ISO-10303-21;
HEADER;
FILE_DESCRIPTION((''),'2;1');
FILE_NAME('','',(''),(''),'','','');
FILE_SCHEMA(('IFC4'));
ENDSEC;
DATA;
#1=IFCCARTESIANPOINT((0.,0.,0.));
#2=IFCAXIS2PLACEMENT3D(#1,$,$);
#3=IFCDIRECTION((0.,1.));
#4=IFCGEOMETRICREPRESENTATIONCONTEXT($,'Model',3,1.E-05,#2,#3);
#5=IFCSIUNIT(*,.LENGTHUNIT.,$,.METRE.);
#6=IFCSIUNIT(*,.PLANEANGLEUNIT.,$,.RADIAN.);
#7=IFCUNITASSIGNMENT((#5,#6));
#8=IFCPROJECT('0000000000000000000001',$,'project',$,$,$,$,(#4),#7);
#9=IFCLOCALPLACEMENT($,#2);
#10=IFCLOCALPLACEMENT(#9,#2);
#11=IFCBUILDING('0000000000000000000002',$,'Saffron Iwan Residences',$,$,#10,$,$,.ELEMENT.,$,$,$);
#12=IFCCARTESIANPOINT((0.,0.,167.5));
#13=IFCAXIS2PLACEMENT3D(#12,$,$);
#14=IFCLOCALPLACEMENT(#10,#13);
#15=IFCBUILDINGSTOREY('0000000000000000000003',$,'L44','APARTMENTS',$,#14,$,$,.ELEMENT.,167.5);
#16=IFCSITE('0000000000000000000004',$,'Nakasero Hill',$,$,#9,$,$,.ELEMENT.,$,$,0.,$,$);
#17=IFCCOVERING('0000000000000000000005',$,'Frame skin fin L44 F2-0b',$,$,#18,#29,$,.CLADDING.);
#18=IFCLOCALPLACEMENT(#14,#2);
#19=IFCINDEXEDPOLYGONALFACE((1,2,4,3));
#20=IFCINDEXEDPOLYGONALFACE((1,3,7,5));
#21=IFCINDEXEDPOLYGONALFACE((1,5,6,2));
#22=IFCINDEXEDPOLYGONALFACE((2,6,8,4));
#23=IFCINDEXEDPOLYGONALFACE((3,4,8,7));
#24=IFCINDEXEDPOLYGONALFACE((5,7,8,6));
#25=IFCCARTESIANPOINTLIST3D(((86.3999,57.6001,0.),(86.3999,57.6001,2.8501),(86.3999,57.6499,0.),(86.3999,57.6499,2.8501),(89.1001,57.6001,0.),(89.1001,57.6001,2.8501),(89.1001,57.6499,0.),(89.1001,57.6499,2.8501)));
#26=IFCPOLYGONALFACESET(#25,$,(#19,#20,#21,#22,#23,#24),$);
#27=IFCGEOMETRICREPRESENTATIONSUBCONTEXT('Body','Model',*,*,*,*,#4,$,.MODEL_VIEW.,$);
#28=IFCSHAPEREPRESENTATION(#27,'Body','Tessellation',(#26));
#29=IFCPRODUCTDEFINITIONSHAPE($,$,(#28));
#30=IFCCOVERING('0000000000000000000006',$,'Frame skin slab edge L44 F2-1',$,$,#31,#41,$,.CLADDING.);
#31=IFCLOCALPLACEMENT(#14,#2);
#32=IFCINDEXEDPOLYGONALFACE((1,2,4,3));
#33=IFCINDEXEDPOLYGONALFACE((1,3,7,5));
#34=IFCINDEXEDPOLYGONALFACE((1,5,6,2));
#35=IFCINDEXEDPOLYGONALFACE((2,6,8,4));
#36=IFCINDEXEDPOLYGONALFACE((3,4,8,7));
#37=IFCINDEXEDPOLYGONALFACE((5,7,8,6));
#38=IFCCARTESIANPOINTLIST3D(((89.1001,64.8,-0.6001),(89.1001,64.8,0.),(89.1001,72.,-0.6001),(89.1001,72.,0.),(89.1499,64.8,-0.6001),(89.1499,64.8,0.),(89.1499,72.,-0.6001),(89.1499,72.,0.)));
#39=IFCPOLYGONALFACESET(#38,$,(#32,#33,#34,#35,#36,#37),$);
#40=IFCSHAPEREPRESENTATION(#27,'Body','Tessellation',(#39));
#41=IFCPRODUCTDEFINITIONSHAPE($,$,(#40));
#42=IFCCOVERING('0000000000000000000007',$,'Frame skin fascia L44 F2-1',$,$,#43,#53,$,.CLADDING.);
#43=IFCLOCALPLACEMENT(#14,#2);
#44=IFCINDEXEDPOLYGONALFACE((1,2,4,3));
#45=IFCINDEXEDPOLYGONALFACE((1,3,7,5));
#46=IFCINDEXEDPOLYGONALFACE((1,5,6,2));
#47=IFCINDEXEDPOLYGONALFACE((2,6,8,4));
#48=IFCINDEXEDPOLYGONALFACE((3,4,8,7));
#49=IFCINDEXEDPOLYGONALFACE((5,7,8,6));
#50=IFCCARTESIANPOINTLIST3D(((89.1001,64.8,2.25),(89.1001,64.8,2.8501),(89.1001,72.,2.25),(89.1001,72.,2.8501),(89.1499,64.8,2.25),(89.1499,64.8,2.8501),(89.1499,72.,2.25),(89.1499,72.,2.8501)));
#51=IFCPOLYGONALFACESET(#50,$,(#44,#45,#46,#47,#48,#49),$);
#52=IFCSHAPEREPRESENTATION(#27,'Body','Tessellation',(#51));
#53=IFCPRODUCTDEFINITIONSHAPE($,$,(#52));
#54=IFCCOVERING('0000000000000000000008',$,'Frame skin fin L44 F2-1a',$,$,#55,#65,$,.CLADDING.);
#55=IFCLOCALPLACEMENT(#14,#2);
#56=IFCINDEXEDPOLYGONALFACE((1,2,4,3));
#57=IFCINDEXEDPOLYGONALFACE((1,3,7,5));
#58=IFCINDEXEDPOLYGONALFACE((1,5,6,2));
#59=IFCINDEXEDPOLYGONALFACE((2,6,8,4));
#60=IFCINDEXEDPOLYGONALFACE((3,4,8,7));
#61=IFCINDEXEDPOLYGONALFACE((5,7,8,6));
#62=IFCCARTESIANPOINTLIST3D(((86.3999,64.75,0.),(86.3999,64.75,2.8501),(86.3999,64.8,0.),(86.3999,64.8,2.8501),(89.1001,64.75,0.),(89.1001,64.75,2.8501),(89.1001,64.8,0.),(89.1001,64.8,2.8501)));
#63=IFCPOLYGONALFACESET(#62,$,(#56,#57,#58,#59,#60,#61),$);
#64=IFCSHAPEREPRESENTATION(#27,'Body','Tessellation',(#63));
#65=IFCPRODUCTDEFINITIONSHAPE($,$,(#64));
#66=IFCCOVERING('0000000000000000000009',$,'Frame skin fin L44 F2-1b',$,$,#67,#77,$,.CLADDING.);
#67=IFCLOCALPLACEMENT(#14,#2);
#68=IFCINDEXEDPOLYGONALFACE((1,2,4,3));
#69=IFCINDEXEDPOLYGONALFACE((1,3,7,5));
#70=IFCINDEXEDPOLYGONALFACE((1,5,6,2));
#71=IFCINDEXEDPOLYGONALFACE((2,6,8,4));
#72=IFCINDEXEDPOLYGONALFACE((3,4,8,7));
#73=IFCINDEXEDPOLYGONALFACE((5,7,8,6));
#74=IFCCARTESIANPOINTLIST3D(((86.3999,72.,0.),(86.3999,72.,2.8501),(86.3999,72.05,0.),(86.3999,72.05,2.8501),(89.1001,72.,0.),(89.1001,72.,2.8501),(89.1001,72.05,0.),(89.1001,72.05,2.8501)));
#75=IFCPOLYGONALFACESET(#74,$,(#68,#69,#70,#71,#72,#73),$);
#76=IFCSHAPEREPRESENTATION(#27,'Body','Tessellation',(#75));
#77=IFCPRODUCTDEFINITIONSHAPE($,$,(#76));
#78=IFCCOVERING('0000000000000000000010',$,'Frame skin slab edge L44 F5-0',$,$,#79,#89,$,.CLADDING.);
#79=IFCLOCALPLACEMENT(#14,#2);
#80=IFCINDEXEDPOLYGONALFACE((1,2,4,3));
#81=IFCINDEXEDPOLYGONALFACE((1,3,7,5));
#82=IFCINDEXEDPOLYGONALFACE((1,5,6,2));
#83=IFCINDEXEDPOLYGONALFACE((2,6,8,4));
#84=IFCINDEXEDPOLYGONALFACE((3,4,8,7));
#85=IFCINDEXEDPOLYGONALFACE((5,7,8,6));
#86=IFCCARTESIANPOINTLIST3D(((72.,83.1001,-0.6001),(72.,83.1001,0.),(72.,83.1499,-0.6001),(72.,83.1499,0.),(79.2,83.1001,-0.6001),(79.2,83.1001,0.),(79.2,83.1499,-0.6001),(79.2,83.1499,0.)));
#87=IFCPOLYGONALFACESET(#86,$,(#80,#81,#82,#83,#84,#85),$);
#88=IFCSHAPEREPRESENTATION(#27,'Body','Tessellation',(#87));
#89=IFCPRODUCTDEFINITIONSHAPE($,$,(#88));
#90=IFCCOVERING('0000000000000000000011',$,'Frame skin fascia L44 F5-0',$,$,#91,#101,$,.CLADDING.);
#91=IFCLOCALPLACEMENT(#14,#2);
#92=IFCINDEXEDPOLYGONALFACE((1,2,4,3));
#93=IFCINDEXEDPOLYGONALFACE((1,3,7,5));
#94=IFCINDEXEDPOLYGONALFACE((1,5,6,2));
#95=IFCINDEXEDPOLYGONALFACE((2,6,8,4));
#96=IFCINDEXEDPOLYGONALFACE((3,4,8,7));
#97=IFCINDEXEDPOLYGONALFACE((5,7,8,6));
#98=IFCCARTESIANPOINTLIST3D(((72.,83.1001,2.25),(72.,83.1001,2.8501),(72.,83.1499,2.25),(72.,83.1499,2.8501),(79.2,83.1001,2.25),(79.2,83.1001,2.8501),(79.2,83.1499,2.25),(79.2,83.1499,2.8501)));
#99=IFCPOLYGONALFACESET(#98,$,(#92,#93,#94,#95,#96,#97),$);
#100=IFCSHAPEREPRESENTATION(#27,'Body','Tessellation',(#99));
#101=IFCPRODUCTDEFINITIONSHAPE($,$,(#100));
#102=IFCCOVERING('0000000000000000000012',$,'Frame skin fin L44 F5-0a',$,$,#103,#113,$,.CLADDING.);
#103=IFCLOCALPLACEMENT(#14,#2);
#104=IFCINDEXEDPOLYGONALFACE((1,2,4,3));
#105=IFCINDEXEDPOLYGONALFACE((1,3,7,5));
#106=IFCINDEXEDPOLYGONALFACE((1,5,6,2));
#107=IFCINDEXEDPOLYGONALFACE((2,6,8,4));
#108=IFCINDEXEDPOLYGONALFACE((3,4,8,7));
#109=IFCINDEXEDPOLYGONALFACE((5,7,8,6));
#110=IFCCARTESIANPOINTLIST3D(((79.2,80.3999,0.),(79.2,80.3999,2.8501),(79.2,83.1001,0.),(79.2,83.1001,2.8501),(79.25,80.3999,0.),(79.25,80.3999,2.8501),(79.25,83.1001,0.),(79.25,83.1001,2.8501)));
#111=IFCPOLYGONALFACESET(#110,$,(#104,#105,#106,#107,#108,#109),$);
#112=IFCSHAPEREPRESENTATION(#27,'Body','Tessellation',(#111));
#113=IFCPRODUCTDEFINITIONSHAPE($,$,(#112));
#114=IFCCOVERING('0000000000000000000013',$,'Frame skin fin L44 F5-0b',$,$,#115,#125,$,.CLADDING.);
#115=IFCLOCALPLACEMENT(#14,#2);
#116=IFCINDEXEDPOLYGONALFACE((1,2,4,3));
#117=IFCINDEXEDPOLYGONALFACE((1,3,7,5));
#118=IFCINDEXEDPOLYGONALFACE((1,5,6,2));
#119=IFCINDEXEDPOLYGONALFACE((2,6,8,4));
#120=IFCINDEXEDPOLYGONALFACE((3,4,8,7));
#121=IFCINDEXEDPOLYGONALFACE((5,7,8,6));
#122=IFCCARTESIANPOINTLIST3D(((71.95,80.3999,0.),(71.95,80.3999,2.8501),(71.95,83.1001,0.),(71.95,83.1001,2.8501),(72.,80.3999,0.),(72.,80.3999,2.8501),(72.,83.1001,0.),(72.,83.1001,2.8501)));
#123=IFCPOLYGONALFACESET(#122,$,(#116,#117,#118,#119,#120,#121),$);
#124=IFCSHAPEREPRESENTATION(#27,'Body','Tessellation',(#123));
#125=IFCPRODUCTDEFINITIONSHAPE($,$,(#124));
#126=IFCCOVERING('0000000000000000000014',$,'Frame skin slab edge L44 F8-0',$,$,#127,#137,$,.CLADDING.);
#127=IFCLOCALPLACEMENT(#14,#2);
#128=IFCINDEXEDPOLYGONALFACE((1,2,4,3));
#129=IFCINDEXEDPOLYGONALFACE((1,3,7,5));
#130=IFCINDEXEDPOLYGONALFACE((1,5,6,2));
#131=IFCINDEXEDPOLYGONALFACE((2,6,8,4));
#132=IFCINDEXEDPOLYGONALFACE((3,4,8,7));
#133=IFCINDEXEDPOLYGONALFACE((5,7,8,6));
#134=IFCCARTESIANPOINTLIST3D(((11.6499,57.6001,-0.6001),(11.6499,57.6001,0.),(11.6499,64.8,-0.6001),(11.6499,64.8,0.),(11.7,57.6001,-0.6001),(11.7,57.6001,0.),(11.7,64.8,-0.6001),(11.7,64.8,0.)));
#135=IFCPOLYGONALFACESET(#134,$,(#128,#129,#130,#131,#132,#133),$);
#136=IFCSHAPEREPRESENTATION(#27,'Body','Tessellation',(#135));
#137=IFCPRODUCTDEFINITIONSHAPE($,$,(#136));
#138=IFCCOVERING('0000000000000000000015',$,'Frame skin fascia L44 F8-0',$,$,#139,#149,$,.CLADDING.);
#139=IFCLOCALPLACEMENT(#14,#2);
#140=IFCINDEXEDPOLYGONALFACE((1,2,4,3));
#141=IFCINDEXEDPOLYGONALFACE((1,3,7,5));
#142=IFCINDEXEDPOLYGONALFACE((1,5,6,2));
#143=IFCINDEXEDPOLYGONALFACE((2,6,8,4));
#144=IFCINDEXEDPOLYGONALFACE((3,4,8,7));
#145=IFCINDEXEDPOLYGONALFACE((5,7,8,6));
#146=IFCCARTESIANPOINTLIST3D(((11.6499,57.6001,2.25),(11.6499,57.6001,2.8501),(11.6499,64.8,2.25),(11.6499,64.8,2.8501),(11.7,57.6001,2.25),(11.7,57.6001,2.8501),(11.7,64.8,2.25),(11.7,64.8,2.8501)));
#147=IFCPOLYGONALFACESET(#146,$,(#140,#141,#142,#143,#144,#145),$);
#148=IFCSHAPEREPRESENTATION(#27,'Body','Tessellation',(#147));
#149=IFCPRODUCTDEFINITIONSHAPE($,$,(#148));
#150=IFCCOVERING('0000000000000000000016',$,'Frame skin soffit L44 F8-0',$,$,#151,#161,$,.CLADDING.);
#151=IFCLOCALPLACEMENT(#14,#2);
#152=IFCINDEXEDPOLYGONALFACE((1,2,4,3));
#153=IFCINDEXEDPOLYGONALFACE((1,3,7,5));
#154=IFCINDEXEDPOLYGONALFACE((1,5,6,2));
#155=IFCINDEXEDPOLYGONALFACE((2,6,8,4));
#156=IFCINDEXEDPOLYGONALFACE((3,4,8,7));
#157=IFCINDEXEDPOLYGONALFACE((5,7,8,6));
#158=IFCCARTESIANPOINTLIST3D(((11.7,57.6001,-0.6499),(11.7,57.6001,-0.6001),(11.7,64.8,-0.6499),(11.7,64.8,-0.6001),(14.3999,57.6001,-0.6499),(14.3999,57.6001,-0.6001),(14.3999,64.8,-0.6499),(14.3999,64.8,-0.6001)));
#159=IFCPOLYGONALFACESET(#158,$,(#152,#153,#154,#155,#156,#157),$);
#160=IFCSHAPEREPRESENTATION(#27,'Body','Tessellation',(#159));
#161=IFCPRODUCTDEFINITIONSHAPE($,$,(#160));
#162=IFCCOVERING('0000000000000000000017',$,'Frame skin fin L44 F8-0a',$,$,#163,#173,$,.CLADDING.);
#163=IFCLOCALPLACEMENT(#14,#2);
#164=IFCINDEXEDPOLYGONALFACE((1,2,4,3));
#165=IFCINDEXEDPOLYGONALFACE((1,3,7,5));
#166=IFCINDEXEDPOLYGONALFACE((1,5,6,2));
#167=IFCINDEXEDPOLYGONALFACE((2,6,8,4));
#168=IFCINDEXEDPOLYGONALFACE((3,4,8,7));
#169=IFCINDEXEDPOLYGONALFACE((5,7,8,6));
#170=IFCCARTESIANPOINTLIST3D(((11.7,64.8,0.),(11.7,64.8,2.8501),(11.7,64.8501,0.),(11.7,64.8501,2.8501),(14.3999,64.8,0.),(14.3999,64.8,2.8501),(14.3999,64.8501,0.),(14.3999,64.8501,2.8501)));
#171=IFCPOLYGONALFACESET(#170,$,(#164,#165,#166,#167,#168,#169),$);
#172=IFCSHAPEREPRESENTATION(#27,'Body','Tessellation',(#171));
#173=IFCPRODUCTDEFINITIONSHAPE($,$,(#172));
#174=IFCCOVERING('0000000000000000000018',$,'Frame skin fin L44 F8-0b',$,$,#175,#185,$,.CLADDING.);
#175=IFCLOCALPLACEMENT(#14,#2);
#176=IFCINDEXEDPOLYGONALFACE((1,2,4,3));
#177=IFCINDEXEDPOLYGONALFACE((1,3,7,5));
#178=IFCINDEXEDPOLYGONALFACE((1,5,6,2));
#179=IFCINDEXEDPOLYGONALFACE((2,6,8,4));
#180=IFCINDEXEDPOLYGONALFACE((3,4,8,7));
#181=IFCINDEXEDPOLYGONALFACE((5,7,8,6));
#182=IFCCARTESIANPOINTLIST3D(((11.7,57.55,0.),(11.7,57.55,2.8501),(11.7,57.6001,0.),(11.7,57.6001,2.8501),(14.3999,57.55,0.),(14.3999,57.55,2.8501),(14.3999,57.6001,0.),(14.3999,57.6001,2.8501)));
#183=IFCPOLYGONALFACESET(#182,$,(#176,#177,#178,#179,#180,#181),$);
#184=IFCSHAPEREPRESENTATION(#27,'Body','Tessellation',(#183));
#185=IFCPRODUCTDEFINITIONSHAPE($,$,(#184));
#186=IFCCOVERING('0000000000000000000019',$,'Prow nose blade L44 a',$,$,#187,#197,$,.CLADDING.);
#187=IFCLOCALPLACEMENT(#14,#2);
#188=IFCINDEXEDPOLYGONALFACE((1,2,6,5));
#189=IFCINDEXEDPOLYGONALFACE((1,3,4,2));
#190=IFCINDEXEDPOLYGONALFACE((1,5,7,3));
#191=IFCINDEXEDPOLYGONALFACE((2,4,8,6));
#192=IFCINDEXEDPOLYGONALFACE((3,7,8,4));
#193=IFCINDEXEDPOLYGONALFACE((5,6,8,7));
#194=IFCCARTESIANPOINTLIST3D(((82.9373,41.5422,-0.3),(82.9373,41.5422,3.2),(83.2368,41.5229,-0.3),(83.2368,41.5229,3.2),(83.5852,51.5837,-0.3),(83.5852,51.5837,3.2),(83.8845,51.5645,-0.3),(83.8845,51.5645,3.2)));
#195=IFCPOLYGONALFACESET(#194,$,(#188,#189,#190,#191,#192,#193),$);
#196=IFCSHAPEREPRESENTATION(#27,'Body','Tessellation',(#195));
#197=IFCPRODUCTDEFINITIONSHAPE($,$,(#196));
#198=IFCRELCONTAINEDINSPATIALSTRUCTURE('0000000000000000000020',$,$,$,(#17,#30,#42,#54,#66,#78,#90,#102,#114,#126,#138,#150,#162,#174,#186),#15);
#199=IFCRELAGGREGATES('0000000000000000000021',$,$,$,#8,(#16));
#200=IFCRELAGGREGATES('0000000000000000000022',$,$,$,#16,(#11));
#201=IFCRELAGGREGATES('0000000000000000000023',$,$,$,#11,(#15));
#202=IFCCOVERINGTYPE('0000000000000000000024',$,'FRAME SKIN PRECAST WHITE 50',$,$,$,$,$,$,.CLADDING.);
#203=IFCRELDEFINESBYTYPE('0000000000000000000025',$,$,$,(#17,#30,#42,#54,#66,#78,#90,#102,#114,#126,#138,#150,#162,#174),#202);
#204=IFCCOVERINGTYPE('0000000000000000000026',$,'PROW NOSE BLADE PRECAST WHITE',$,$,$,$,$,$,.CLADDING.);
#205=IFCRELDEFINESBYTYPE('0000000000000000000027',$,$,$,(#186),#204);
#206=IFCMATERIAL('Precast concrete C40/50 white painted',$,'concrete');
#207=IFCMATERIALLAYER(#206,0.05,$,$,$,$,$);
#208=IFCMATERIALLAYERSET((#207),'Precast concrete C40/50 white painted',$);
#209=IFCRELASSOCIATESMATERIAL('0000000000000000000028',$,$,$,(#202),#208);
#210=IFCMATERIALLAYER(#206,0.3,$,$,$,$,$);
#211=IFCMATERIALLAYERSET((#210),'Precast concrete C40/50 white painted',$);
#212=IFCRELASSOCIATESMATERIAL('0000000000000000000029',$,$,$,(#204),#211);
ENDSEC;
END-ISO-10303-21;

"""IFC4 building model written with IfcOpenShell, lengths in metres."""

from ifc_helpers import new_model, si_unit, direction, frame, origin, place, context, subcontext, project, spatial, polyline, outline, extrude, material, layer, layer_set, type_object, element, save


model = new_model("IFC4")

# Units and contexts
model_context = context("Model", 3, precision=1e-05, world=origin(), true_north=direction((0.0, 1.0)))
body_context = subcontext(model_context, "Body", "Model", "MODEL_VIEW")
ifc_project = project(units=[si_unit("LENGTHUNIT", "METRE"), si_unit("PLANEANGLEUNIT", "RADIAN")], contexts=[model_context])

# Site, building, storey
site_placement = place(None, origin())
site = spatial("IfcSite", under=ifc_project, at=site_placement, Name="Nakasero Hill", CompositionType="ELEMENT", RefElevation=0.0)
building_placement = place(site_placement, origin())
building = spatial("IfcBuilding", under=site, at=building_placement, Name="Saffron Iwan Residences", CompositionType="ELEMENT")
storey_placement = place(building_placement, frame((0.0, 0.0, 167.5)))
storey = spatial("IfcBuildingStorey", under=building, at=storey_placement, Name="L44", Description="APARTMENTS", CompositionType="ELEMENT", Elevation=167.5)

# Coverings
ifc_material_1 = material(Name="Precast concrete C40/50 white painted", Category="concrete")
ifc_layer_1 = layer(ifc_material_1, 0.05)
ifc_layer_set_1 = layer_set([ifc_layer_1], Name="Precast concrete C40/50 white painted")
covering_type_1 = type_object("IfcCoveringType", Name="FRAME SKIN PRECAST WHITE 50", PredefinedType="CLADDING", material=ifc_layer_set_1)
covering_1_placement = place(storey_placement, origin())
element("IfcCovering", 1, at=covering_1_placement, inside=storey, type_object=covering_type_1, Name="Frame skin fin L44 F2-0b", PredefinedType="CLADDING", context=body_context, shape_type="SweptSolid", body=[
    extrude(outline(polyline([(89.1001, 57.6001), (89.1001, 57.6499), (86.3999, 57.6499), (86.3999, 57.6001), (89.1001, 57.6001)])), origin(), (0.0, 0.0, 1.0), 2.8501),
])
for number, where, name in (
    (2, (0.0, 0.0, -0.6001), "Frame skin slab edge L44 F2-1"),
    (3, (0.0, 0.0, 2.25), "Frame skin fascia L44 F2-1"),
):
    element("IfcCovering", number, at=place(storey_placement, frame(where)), inside=storey, type_object=covering_type_1, Name=name, PredefinedType="CLADDING", context=body_context, shape_type="SweptSolid", body=[
        extrude(outline(polyline([(89.1499, 64.8), (89.1499, 72.0), (89.1001, 72.0), (89.1001, 64.8), (89.1499, 64.8)])), origin(), (0.0, 0.0, 1.0), 0.6001),
    ])
covering_2_placement = place(storey_placement, origin())
element("IfcCovering", 4, at=covering_2_placement, inside=storey, type_object=covering_type_1, Name="Frame skin fin L44 F2-1a", PredefinedType="CLADDING", context=body_context, shape_type="SweptSolid", body=[
    extrude(outline(polyline([(89.1001, 64.75), (89.1001, 64.8), (86.3999, 64.8), (86.3999, 64.75), (89.1001, 64.75)])), origin(), (0.0, 0.0, 1.0), 2.8501),
])
covering_3_placement = place(storey_placement, origin())
element("IfcCovering", 5, at=covering_3_placement, inside=storey, type_object=covering_type_1, Name="Frame skin fin L44 F2-1b", PredefinedType="CLADDING", context=body_context, shape_type="SweptSolid", body=[
    extrude(outline(polyline([(89.1001, 72.0), (89.1001, 72.05), (86.3999, 72.05), (86.3999, 72.0), (89.1001, 72.0)])), origin(), (0.0, 0.0, 1.0), 2.8501),
])
for number, where, name in (
    (6, (0.0, 0.0, -0.6001), "Frame skin slab edge L44 F5-0"),
    (7, (0.0, 0.0, 2.25), "Frame skin fascia L44 F5-0"),
):
    element("IfcCovering", number, at=place(storey_placement, frame(where)), inside=storey, type_object=covering_type_1, Name=name, PredefinedType="CLADDING", context=body_context, shape_type="SweptSolid", body=[
        extrude(outline(polyline([(79.2, 83.1499), (72.0, 83.1499), (72.0, 83.1001), (79.2, 83.1001), (79.2, 83.1499)])), origin(), (0.0, 0.0, 1.0), 0.6001),
    ])
covering_4_placement = place(storey_placement, origin())
element("IfcCovering", 8, at=covering_4_placement, inside=storey, type_object=covering_type_1, Name="Frame skin fin L44 F5-0a", PredefinedType="CLADDING", context=body_context, shape_type="SweptSolid", body=[
    extrude(outline(polyline([(79.25, 83.1001), (79.2, 83.1001), (79.2, 80.3999), (79.25, 80.3999), (79.25, 83.1001)])), origin(), (0.0, 0.0, 1.0), 2.8501),
])
covering_5_placement = place(storey_placement, origin())
element("IfcCovering", 9, at=covering_5_placement, inside=storey, type_object=covering_type_1, Name="Frame skin fin L44 F5-0b", PredefinedType="CLADDING", context=body_context, shape_type="SweptSolid", body=[
    extrude(outline(polyline([(72.0, 83.1001), (71.95, 83.1001), (71.95, 80.3999), (72.0, 80.3999), (72.0, 83.1001)])), origin(), (0.0, 0.0, 1.0), 2.8501),
])
for number, where, name in (
    (10, (0.0, 0.0, -0.6001), "Frame skin slab edge L44 F8-0"),
    (11, (0.0, 0.0, 2.25), "Frame skin fascia L44 F8-0"),
):
    element("IfcCovering", number, at=place(storey_placement, frame(where)), inside=storey, type_object=covering_type_1, Name=name, PredefinedType="CLADDING", context=body_context, shape_type="SweptSolid", body=[
        extrude(outline(polyline([(11.6499, 64.8), (11.6499, 57.6001), (11.7, 57.6001), (11.7, 64.8), (11.6499, 64.8)])), origin(), (0.0, 0.0, 1.0), 0.6001),
    ])
covering_6_placement = place(storey_placement, frame((0.0, 0.0, -0.6499)))
element("IfcCovering", 12, at=covering_6_placement, inside=storey, type_object=covering_type_1, Name="Frame skin soffit L44 F8-0", PredefinedType="CLADDING", context=body_context, shape_type="SweptSolid", body=[
    extrude(outline(polyline([(11.7, 64.8), (11.7, 57.6001), (14.3999, 57.6001), (14.3999, 64.8), (11.7, 64.8)])), origin(), (0.0, 0.0, 1.0), 0.0498),
])
covering_7_placement = place(storey_placement, origin())
element("IfcCovering", 13, at=covering_7_placement, inside=storey, type_object=covering_type_1, Name="Frame skin fin L44 F8-0a", PredefinedType="CLADDING", context=body_context, shape_type="SweptSolid", body=[
    extrude(outline(polyline([(11.7, 64.8501), (11.7, 64.8), (14.3999, 64.8), (14.3999, 64.8501), (11.7, 64.8501)])), origin(), (0.0, 0.0, 1.0), 2.8501),
])
covering_8_placement = place(storey_placement, origin())
element("IfcCovering", 14, at=covering_8_placement, inside=storey, type_object=covering_type_1, Name="Frame skin fin L44 F8-0b", PredefinedType="CLADDING", context=body_context, shape_type="SweptSolid", body=[
    extrude(outline(polyline([(11.7, 57.6001), (11.7, 57.55), (14.3999, 57.55), (14.3999, 57.6001), (11.7, 57.6001)])), origin(), (0.0, 0.0, 1.0), 2.8501),
])
ifc_layer_2 = layer(ifc_material_1, 0.3)
ifc_layer_set_2 = layer_set([ifc_layer_2], Name="Precast concrete C40/50 white painted")
covering_type_2 = type_object("IfcCoveringType", Name="PROW NOSE BLADE PRECAST WHITE", PredefinedType="CLADDING", material=ifc_layer_set_2)
covering_9_placement = place(storey_placement, frame((0.0, 0.0, -0.3)))
element("IfcCovering", 15, at=covering_9_placement, inside=storey, type_object=covering_type_2, Name="Prow nose blade L44 a", PredefinedType="CLADDING", context=body_context, shape_type="SweptSolid", body=[
    extrude(outline(polyline([(83.2368, 41.5229), (83.8845, 51.5645), (83.5852, 51.5837), (82.9373, 41.5422), (83.2368, 41.5229)])), origin(), (0.0, 0.0, 1.0), 3.5),
])

save(model, "model.ifc")
